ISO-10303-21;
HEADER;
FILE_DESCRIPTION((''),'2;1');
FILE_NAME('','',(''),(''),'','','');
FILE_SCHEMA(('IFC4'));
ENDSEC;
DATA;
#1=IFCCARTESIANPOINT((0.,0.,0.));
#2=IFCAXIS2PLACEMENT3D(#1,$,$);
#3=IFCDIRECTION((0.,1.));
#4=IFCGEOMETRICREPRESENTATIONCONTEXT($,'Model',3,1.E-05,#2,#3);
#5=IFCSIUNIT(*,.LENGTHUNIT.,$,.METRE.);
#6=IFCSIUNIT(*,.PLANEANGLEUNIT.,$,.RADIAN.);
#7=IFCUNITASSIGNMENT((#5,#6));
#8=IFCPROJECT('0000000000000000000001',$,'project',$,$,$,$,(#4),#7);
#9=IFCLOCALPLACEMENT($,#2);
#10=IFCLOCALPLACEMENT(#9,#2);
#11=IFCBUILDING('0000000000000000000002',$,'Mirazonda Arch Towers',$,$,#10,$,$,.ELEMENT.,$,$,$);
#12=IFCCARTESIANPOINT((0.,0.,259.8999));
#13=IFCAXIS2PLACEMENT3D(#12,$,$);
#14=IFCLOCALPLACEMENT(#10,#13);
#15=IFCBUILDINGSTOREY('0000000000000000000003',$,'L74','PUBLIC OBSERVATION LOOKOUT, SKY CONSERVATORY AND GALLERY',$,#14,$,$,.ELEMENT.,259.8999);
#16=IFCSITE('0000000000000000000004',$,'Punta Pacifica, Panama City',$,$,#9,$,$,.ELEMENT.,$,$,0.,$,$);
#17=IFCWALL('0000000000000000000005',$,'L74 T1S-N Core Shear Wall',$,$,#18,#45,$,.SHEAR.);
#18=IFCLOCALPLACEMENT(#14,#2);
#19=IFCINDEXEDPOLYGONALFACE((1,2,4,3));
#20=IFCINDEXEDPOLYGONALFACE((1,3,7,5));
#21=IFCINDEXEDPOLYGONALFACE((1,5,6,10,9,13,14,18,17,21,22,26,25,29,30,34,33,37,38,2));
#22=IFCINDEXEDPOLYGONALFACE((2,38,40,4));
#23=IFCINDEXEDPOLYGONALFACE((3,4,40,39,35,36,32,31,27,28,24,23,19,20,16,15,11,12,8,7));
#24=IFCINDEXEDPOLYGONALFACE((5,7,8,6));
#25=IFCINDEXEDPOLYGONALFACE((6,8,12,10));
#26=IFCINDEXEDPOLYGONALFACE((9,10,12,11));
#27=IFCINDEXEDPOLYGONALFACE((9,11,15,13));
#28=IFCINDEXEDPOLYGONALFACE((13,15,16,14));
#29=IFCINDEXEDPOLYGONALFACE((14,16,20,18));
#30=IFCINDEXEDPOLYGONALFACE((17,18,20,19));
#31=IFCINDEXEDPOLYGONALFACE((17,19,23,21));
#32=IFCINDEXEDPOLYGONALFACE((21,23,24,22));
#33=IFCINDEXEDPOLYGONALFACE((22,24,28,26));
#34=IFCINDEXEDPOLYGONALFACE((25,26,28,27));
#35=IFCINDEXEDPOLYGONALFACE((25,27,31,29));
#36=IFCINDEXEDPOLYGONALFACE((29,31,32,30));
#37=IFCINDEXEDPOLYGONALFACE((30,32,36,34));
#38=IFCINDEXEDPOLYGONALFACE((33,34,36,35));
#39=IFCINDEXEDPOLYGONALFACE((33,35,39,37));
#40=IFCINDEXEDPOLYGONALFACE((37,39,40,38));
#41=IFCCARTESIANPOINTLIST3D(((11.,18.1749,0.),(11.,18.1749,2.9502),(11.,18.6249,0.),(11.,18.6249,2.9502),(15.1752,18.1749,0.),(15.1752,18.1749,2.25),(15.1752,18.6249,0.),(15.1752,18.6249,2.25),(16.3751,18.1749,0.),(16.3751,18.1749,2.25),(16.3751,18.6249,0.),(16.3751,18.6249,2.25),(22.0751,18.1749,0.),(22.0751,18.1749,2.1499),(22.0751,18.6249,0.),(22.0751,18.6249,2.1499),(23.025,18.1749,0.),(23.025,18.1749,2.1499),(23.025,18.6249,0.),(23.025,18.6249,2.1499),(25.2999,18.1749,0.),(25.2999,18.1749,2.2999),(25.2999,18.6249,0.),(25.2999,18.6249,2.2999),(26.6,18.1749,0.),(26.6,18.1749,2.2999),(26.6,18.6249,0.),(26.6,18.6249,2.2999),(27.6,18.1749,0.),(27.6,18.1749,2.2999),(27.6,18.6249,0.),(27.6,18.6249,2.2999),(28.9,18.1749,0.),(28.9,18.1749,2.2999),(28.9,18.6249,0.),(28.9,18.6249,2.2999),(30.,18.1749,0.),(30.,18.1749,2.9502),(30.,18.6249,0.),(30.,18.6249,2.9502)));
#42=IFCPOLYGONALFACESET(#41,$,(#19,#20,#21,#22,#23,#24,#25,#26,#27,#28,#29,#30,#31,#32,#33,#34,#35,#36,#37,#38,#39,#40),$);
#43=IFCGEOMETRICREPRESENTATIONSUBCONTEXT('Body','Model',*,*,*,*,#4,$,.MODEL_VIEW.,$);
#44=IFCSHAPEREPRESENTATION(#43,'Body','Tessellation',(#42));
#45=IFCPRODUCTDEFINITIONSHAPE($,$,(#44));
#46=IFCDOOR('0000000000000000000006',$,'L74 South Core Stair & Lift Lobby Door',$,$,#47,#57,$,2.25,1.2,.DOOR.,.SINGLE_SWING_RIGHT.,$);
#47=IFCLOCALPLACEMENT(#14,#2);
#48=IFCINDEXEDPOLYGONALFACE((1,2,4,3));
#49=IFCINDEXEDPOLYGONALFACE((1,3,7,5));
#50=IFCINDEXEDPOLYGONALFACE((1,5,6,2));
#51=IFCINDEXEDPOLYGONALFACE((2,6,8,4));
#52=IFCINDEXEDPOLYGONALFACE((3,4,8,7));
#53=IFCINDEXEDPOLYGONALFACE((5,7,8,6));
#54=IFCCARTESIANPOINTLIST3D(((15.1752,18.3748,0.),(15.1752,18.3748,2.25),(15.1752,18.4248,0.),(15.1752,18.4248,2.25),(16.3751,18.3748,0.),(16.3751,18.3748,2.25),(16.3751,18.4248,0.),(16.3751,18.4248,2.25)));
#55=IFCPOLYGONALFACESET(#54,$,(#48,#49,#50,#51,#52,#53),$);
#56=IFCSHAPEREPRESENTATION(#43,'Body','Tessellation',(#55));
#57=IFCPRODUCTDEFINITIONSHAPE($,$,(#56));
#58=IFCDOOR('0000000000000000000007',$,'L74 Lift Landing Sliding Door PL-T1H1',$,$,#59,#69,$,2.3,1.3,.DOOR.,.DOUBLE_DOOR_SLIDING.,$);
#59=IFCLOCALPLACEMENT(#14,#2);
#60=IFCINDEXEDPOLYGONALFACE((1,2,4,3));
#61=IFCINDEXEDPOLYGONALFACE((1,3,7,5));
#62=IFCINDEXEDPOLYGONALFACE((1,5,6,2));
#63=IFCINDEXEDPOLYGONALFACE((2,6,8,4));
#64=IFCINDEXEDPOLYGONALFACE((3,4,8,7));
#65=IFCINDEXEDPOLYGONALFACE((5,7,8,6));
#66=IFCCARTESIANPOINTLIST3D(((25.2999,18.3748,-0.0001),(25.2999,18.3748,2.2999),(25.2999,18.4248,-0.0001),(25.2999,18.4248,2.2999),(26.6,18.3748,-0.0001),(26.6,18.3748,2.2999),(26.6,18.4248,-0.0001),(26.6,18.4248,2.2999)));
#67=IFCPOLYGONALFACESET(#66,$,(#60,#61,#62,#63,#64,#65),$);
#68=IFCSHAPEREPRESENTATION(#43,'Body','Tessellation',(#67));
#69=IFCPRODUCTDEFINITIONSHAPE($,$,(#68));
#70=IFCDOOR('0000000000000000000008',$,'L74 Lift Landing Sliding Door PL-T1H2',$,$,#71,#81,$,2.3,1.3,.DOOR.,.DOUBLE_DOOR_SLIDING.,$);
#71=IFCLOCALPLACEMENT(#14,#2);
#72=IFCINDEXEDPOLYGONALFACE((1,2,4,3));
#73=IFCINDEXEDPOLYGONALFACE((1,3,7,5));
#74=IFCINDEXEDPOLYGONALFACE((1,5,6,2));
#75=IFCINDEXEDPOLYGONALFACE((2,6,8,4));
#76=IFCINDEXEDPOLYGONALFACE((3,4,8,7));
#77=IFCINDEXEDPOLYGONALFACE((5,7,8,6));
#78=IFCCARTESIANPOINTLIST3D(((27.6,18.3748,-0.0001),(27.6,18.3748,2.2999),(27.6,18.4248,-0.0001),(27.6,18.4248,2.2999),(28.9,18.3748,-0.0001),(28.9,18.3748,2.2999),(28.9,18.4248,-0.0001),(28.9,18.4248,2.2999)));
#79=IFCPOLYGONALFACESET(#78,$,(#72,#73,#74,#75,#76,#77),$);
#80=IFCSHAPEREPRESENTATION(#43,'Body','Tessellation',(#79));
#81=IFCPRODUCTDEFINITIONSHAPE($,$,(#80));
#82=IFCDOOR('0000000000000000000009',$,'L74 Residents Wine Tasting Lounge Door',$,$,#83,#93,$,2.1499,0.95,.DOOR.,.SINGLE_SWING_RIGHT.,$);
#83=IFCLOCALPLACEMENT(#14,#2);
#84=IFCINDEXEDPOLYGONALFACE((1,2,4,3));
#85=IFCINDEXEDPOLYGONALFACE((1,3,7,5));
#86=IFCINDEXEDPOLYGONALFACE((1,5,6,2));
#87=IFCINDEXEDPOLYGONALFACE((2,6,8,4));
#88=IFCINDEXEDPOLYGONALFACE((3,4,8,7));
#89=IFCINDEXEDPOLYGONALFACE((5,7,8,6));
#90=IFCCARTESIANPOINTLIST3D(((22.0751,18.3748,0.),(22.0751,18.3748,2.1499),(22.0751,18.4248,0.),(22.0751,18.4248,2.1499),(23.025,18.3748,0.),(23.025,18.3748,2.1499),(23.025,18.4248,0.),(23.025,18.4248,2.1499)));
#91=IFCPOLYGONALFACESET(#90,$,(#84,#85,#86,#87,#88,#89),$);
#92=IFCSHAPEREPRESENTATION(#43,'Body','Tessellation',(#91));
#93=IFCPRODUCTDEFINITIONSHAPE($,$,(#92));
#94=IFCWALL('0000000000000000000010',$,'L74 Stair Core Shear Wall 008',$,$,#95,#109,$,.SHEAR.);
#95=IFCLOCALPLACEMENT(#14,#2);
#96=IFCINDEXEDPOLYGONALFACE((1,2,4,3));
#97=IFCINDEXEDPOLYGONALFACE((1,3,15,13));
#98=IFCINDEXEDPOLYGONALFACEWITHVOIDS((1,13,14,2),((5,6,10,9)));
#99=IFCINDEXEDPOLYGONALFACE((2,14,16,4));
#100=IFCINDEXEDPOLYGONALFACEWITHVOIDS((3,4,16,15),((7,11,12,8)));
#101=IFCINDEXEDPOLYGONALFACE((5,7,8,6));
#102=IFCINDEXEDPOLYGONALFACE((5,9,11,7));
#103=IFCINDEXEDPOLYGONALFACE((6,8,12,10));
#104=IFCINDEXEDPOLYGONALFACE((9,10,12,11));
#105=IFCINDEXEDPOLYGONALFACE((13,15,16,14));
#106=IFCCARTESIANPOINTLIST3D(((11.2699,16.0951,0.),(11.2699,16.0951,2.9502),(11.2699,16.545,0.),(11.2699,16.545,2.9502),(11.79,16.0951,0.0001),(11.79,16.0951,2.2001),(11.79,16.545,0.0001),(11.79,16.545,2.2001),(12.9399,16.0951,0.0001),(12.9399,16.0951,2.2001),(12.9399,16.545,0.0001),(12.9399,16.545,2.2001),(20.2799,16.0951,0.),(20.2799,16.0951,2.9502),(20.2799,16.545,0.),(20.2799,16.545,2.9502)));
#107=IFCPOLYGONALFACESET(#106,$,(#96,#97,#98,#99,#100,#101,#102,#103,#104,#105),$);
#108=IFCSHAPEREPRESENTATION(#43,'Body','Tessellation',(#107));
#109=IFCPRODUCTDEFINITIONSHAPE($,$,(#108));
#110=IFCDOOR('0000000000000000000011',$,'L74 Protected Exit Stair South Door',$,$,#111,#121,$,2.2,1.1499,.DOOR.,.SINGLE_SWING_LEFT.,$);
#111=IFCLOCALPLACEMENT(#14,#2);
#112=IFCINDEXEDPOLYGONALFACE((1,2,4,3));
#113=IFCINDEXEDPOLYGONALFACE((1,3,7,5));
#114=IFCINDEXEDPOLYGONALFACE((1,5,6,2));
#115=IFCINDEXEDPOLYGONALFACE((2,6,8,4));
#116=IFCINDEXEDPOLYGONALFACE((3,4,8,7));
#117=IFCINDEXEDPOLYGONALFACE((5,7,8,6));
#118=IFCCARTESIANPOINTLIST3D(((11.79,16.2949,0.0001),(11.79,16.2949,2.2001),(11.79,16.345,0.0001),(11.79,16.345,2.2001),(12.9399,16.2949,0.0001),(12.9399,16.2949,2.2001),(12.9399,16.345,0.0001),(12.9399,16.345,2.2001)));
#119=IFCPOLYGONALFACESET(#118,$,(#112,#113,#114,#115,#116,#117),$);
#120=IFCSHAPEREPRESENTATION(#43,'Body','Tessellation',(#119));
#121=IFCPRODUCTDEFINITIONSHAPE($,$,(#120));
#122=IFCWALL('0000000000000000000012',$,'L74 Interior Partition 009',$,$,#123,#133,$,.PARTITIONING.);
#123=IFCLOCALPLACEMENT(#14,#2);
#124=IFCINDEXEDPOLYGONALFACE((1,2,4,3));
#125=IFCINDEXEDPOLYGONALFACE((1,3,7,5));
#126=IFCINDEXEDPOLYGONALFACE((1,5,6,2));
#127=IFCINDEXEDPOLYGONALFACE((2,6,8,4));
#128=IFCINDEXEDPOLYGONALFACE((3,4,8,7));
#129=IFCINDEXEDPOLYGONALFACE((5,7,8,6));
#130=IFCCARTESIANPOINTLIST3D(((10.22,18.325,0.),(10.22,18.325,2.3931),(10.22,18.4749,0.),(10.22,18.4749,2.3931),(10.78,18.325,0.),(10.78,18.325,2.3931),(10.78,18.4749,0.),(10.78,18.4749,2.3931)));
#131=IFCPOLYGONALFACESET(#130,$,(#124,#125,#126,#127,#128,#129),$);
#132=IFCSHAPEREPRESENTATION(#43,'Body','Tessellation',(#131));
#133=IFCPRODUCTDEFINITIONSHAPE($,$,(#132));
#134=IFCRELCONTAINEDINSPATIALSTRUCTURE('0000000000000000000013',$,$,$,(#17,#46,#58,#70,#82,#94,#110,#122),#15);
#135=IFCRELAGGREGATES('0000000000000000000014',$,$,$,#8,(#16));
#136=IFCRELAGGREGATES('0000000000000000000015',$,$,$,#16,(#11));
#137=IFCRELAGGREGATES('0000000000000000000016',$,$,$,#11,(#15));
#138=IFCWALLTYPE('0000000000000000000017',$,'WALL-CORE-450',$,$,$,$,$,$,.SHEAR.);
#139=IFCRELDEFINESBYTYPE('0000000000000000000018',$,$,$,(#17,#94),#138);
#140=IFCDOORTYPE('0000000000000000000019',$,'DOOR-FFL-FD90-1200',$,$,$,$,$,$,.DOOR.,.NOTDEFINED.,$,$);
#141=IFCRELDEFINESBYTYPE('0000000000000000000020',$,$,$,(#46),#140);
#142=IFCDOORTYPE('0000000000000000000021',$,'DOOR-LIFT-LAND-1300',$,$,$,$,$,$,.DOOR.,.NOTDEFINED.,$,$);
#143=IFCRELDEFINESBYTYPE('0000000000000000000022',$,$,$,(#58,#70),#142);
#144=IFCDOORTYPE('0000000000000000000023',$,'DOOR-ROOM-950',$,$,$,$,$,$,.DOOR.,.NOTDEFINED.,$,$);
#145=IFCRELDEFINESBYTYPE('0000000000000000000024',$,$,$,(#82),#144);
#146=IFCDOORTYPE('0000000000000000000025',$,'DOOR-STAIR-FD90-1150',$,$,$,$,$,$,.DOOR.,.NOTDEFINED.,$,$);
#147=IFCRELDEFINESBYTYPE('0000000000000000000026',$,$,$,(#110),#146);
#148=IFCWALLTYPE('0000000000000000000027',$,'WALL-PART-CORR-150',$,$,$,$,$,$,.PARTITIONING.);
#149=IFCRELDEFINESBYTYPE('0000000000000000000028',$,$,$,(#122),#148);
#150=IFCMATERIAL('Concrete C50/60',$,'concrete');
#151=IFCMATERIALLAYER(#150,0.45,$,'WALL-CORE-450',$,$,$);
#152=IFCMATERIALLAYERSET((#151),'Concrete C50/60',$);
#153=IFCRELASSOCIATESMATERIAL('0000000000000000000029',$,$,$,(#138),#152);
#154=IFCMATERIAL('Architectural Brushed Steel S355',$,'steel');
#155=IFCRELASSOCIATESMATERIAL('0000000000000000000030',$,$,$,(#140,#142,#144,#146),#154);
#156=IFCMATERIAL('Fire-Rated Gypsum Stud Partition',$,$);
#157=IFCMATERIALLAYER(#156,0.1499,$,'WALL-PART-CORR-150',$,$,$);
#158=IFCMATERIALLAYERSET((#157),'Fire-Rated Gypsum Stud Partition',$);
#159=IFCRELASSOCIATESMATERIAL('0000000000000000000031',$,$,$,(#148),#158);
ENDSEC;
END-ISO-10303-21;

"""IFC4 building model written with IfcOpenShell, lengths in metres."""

from ifc_helpers import new_model, si_unit, direction, frame, frame_2d, origin, place, context, subcontext, project, spatial, rectangle, extrude, material, layer, layer_set, type_object, element, fill, save


model = new_model("IFC4")

# Units and contexts
model_context = context("Model", 3, precision=1e-05, world=origin(), true_north=direction((0.0, 1.0)))
body_context = subcontext(model_context, "Body", "Model", "MODEL_VIEW")
ifc_project = project(units=[si_unit("LENGTHUNIT", "METRE"), si_unit("PLANEANGLEUNIT", "RADIAN")], contexts=[model_context])

# Site, building, storey
site_placement = place(None, origin())
site = spatial("IfcSite", under=ifc_project, at=site_placement, Name="Punta Pacifica, Panama City", CompositionType="ELEMENT", RefElevation=0.0)
building_placement = place(site_placement, origin())
building = spatial("IfcBuilding", under=site, at=building_placement, Name="Mirazonda Arch Towers", CompositionType="ELEMENT")
storey_placement = place(building_placement, frame((0.0, 0.0, 259.8999)))
storey = spatial("IfcBuildingStorey", under=building, at=storey_placement, Name="L74", Description="PUBLIC OBSERVATION LOOKOUT, SKY CONSERVATORY AND GALLERY", CompositionType="ELEMENT", Elevation=259.8999)

# Shared definitions
ifc_material_1 = material(Name="Concrete C50/60", Category="concrete")

# Wall, openings, doors
ifc_layer_1 = layer(ifc_material_1, 0.45, Name="WALL-CORE-450")
ifc_layer_set_1 = layer_set([ifc_layer_1], Name="Concrete C50/60")
wall_type_1 = type_object("IfcWallType", Name="WALL-CORE-450", PredefinedType="SHEAR", material=ifc_layer_set_1)
wall_1_placement = place(storey_placement, frame((11.0, 18.3999, 0.0), z_axis=(0.0, 0.0, 1.0), x_axis=(1.0, 0.0, 0.0)))
wall_1 = element("IfcWall", 1, at=wall_1_placement, inside=storey, type_object=wall_type_1, Name="L74 T1S-N Core Shear Wall", PredefinedType="SHEAR", context=body_context, shape_type="SweptSolid", body=[
    extrude(rectangle(XDim=19.0, YDim=0.45, at=frame_2d((9.5, 0.0))), origin(), (0.0, 0.0, 1.0), 2.9502),
])
opening_1_placement = place(wall_1_placement, frame((4.175, 0.0, 0.0)))
opening_1 = element("IfcOpeningElement", 2, at=opening_1_placement, cuts=wall_1, PredefinedType="OPENING", context=body_context, shape_type="SweptSolid", body=[
    extrude(rectangle(XDim=1.2, YDim=2.25, at=frame_2d((0.6001, 1.125))), frame((0.0, 0.2349, 0.0), z_axis=(0.0, -1.0, 0.0), x_axis=(1.0, 0.0, 0.0)), (0.0, 0.0, 1.0), 0.47),
])
opening_2_placement = place(wall_1_placement, frame((11.075, 0.0, 0.0)))
opening_2 = element("IfcOpeningElement", 3, at=opening_2_placement, cuts=wall_1, PredefinedType="OPENING", context=body_context, shape_type="SweptSolid", body=[
    extrude(rectangle(XDim=0.95, YDim=2.1499, at=frame_2d((0.4751, 1.075))), frame((0.0, 0.2349, 0.0), z_axis=(0.0, -1.0, 0.0), x_axis=(1.0, 0.0, 0.0)), (0.0, 0.0, 1.0), 0.47),
])
opening_3_placement = place(wall_1_placement, frame((14.3, 0.0, 0.0)))
opening_3 = element("IfcOpeningElement", 4, at=opening_3_placement, cuts=wall_1, PredefinedType="OPENING", context=body_context, shape_type="SweptSolid", body=[
    extrude(rectangle(XDim=1.3, YDim=2.3, at=frame_2d((0.6499, 1.1499))), frame((0.0, 0.2349, 0.0), z_axis=(0.0, -1.0, 0.0), x_axis=(1.0, 0.0, 0.0)), (0.0, 0.0, 1.0), 0.47),
])
opening_4_placement = place(wall_1_placement, frame((16.6001, 0.0, 0.0)))
opening_4 = element("IfcOpeningElement", 5, at=opening_4_placement, cuts=wall_1, PredefinedType="OPENING", context=body_context, shape_type="SweptSolid", body=[
    extrude(rectangle(XDim=1.3, YDim=2.3, at=frame_2d((0.6499, 1.1499))), frame((0.0, 0.2349, 0.0), z_axis=(0.0, -1.0, 0.0), x_axis=(1.0, 0.0, 0.0)), (0.0, 0.0, 1.0), 0.47),
])
ifc_material_2 = material(Name="Architectural Brushed Steel S355", Category="steel")
door_type_1 = type_object("IfcDoorType", Name="DOOR-FFL-FD90-1200", OperationType="NOTDEFINED", PredefinedType="DOOR", material=ifc_material_2)
door_1_placement = place(opening_1_placement, origin())
door_1 = element("IfcDoor", 6, at=door_1_placement, inside=storey, type_object=door_type_1, Name="L74 South Core Stair & Lift Lobby Door", OperationType="SINGLE_SWING_RIGHT", OverallHeight=2.25, OverallWidth=1.2, PredefinedType="DOOR", context=body_context, shape_type="SweptSolid", body=[
    extrude(rectangle(XDim=1.2, YDim=2.25, at=frame_2d((0.6001, 1.125))), frame((0.0, 0.0249, 0.0), z_axis=(0.0, -1.0, 0.0), x_axis=(1.0, 0.0, 0.0)), (0.0, 0.0, 1.0), 0.05),
])
fill(opening_1, door_1)
door_type_2 = type_object("IfcDoorType", Name="DOOR-LIFT-LAND-1300", OperationType="NOTDEFINED", PredefinedType="DOOR", material=ifc_material_2)
door_2_placement = place(opening_3_placement, origin())
door_2 = element("IfcDoor", 7, at=door_2_placement, inside=storey, type_object=door_type_2, Name="L74 Lift Landing Sliding Door PL-T1H1", OperationType="DOUBLE_DOOR_SLIDING", OverallHeight=2.3, OverallWidth=1.3, PredefinedType="DOOR", context=body_context, shape_type="SweptSolid", body=[
    extrude(rectangle(XDim=1.3, YDim=2.3, at=frame_2d((0.6499, 1.1499))), frame((0.0, 0.0249, 0.0), z_axis=(0.0, -1.0, 0.0), x_axis=(1.0, 0.0, 0.0)), (0.0, 0.0, 1.0), 0.05),
])
fill(opening_3, door_2)
door_3_placement = place(opening_4_placement, origin())
door_3 = element("IfcDoor", 8, at=door_3_placement, inside=storey, type_object=door_type_2, Name="L74 Lift Landing Sliding Door PL-T1H2", OperationType="DOUBLE_DOOR_SLIDING", OverallHeight=2.3, OverallWidth=1.3, PredefinedType="DOOR", context=body_context, shape_type="SweptSolid", body=[
    extrude(rectangle(XDim=1.3, YDim=2.3, at=frame_2d((0.6499, 1.1499))), frame((0.0, 0.0249, 0.0), z_axis=(0.0, -1.0, 0.0), x_axis=(1.0, 0.0, 0.0)), (0.0, 0.0, 1.0), 0.05),
])
fill(opening_4, door_3)
door_type_3 = type_object("IfcDoorType", Name="DOOR-ROOM-950", OperationType="NOTDEFINED", PredefinedType="DOOR", material=ifc_material_2)
door_4_placement = place(opening_2_placement, origin())
door_4 = element("IfcDoor", 9, at=door_4_placement, inside=storey, type_object=door_type_3, Name="L74 Residents Wine Tasting Lounge Door", OperationType="SINGLE_SWING_RIGHT", OverallHeight=2.1499, OverallWidth=0.95, PredefinedType="DOOR", context=body_context, shape_type="SweptSolid", body=[
    extrude(rectangle(XDim=0.95, YDim=2.1499, at=frame_2d((0.4751, 1.075))), frame((0.0, 0.0249, 0.0), z_axis=(0.0, -1.0, 0.0), x_axis=(1.0, 0.0, 0.0)), (0.0, 0.0, 1.0), 0.05),
])
fill(opening_2, door_4)

# Wall, opening, door
wall_2_placement = place(storey_placement, frame((11.27, 16.3201, 0.0), z_axis=(0.0, 0.0, 1.0), x_axis=(1.0, 0.0, 0.0)))
wall_2 = element("IfcWall", 10, at=wall_2_placement, inside=storey, type_object=wall_type_1, Name="L74 Stair Core Shear Wall 008", PredefinedType="SHEAR", context=body_context, shape_type="SweptSolid", body=[
    extrude(rectangle(XDim=9.01, YDim=0.45, at=frame_2d((4.5049, 0.0))), origin(), (0.0, 0.0, 1.0), 2.9502),
])
opening_5_placement = place(wall_2_placement, frame((0.52, 0.0, 0.0)))
opening_5 = element("IfcOpeningElement", 11, at=opening_5_placement, cuts=wall_2, PredefinedType="OPENING", context=body_context, shape_type="SweptSolid", body=[
    extrude(rectangle(XDim=1.1499, YDim=2.2, at=frame_2d((0.575, 1.1001))), frame((0.0, 0.2349, 0.0), z_axis=(0.0, -1.0, 0.0), x_axis=(1.0, 0.0, 0.0)), (0.0, 0.0, 1.0), 0.47),
])
door_type_4 = type_object("IfcDoorType", Name="DOOR-STAIR-FD90-1150", OperationType="NOTDEFINED", PredefinedType="DOOR", material=ifc_material_2)
door_5_placement = place(opening_5_placement, origin())
door_5 = element("IfcDoor", 12, at=door_5_placement, inside=storey, type_object=door_type_4, Name="L74 Protected Exit Stair South Door", OperationType="SINGLE_SWING_LEFT", OverallHeight=2.2, OverallWidth=1.1499, PredefinedType="DOOR", context=body_context, shape_type="SweptSolid", body=[
    extrude(rectangle(XDim=1.1499, YDim=2.2, at=frame_2d((0.575, 1.1001))), frame((0.0, 0.0249, 0.0), z_axis=(0.0, -1.0, 0.0), x_axis=(1.0, 0.0, 0.0)), (0.0, 0.0, 1.0), 0.05),
])
fill(opening_5, door_5)

# Wall
ifc_material_3 = material(Name="Fire-Rated Gypsum Stud Partition")
ifc_layer_2 = layer(ifc_material_3, 0.1499, Name="WALL-PART-CORR-150")
ifc_layer_set_2 = layer_set([ifc_layer_2], Name="Fire-Rated Gypsum Stud Partition")
wall_type_2 = type_object("IfcWallType", Name="WALL-PART-CORR-150", PredefinedType="PARTITIONING", material=ifc_layer_set_2)
wall_3_placement = place(storey_placement, frame((10.22, 18.3999, 0.0), z_axis=(0.0, 0.0, 1.0), x_axis=(1.0, 0.0, 0.0)))
element("IfcWall", 13, at=wall_3_placement, inside=storey, type_object=wall_type_2, Name="L74 Interior Partition 009", PredefinedType="PARTITIONING", context=body_context, shape_type="SweptSolid", body=[
    extrude(rectangle(XDim=0.5601, YDim=0.1499, at=frame_2d((0.28, 0.0))), origin(), (0.0, 0.0, 1.0), 2.3931),
])

save(model, "model.ifc")
